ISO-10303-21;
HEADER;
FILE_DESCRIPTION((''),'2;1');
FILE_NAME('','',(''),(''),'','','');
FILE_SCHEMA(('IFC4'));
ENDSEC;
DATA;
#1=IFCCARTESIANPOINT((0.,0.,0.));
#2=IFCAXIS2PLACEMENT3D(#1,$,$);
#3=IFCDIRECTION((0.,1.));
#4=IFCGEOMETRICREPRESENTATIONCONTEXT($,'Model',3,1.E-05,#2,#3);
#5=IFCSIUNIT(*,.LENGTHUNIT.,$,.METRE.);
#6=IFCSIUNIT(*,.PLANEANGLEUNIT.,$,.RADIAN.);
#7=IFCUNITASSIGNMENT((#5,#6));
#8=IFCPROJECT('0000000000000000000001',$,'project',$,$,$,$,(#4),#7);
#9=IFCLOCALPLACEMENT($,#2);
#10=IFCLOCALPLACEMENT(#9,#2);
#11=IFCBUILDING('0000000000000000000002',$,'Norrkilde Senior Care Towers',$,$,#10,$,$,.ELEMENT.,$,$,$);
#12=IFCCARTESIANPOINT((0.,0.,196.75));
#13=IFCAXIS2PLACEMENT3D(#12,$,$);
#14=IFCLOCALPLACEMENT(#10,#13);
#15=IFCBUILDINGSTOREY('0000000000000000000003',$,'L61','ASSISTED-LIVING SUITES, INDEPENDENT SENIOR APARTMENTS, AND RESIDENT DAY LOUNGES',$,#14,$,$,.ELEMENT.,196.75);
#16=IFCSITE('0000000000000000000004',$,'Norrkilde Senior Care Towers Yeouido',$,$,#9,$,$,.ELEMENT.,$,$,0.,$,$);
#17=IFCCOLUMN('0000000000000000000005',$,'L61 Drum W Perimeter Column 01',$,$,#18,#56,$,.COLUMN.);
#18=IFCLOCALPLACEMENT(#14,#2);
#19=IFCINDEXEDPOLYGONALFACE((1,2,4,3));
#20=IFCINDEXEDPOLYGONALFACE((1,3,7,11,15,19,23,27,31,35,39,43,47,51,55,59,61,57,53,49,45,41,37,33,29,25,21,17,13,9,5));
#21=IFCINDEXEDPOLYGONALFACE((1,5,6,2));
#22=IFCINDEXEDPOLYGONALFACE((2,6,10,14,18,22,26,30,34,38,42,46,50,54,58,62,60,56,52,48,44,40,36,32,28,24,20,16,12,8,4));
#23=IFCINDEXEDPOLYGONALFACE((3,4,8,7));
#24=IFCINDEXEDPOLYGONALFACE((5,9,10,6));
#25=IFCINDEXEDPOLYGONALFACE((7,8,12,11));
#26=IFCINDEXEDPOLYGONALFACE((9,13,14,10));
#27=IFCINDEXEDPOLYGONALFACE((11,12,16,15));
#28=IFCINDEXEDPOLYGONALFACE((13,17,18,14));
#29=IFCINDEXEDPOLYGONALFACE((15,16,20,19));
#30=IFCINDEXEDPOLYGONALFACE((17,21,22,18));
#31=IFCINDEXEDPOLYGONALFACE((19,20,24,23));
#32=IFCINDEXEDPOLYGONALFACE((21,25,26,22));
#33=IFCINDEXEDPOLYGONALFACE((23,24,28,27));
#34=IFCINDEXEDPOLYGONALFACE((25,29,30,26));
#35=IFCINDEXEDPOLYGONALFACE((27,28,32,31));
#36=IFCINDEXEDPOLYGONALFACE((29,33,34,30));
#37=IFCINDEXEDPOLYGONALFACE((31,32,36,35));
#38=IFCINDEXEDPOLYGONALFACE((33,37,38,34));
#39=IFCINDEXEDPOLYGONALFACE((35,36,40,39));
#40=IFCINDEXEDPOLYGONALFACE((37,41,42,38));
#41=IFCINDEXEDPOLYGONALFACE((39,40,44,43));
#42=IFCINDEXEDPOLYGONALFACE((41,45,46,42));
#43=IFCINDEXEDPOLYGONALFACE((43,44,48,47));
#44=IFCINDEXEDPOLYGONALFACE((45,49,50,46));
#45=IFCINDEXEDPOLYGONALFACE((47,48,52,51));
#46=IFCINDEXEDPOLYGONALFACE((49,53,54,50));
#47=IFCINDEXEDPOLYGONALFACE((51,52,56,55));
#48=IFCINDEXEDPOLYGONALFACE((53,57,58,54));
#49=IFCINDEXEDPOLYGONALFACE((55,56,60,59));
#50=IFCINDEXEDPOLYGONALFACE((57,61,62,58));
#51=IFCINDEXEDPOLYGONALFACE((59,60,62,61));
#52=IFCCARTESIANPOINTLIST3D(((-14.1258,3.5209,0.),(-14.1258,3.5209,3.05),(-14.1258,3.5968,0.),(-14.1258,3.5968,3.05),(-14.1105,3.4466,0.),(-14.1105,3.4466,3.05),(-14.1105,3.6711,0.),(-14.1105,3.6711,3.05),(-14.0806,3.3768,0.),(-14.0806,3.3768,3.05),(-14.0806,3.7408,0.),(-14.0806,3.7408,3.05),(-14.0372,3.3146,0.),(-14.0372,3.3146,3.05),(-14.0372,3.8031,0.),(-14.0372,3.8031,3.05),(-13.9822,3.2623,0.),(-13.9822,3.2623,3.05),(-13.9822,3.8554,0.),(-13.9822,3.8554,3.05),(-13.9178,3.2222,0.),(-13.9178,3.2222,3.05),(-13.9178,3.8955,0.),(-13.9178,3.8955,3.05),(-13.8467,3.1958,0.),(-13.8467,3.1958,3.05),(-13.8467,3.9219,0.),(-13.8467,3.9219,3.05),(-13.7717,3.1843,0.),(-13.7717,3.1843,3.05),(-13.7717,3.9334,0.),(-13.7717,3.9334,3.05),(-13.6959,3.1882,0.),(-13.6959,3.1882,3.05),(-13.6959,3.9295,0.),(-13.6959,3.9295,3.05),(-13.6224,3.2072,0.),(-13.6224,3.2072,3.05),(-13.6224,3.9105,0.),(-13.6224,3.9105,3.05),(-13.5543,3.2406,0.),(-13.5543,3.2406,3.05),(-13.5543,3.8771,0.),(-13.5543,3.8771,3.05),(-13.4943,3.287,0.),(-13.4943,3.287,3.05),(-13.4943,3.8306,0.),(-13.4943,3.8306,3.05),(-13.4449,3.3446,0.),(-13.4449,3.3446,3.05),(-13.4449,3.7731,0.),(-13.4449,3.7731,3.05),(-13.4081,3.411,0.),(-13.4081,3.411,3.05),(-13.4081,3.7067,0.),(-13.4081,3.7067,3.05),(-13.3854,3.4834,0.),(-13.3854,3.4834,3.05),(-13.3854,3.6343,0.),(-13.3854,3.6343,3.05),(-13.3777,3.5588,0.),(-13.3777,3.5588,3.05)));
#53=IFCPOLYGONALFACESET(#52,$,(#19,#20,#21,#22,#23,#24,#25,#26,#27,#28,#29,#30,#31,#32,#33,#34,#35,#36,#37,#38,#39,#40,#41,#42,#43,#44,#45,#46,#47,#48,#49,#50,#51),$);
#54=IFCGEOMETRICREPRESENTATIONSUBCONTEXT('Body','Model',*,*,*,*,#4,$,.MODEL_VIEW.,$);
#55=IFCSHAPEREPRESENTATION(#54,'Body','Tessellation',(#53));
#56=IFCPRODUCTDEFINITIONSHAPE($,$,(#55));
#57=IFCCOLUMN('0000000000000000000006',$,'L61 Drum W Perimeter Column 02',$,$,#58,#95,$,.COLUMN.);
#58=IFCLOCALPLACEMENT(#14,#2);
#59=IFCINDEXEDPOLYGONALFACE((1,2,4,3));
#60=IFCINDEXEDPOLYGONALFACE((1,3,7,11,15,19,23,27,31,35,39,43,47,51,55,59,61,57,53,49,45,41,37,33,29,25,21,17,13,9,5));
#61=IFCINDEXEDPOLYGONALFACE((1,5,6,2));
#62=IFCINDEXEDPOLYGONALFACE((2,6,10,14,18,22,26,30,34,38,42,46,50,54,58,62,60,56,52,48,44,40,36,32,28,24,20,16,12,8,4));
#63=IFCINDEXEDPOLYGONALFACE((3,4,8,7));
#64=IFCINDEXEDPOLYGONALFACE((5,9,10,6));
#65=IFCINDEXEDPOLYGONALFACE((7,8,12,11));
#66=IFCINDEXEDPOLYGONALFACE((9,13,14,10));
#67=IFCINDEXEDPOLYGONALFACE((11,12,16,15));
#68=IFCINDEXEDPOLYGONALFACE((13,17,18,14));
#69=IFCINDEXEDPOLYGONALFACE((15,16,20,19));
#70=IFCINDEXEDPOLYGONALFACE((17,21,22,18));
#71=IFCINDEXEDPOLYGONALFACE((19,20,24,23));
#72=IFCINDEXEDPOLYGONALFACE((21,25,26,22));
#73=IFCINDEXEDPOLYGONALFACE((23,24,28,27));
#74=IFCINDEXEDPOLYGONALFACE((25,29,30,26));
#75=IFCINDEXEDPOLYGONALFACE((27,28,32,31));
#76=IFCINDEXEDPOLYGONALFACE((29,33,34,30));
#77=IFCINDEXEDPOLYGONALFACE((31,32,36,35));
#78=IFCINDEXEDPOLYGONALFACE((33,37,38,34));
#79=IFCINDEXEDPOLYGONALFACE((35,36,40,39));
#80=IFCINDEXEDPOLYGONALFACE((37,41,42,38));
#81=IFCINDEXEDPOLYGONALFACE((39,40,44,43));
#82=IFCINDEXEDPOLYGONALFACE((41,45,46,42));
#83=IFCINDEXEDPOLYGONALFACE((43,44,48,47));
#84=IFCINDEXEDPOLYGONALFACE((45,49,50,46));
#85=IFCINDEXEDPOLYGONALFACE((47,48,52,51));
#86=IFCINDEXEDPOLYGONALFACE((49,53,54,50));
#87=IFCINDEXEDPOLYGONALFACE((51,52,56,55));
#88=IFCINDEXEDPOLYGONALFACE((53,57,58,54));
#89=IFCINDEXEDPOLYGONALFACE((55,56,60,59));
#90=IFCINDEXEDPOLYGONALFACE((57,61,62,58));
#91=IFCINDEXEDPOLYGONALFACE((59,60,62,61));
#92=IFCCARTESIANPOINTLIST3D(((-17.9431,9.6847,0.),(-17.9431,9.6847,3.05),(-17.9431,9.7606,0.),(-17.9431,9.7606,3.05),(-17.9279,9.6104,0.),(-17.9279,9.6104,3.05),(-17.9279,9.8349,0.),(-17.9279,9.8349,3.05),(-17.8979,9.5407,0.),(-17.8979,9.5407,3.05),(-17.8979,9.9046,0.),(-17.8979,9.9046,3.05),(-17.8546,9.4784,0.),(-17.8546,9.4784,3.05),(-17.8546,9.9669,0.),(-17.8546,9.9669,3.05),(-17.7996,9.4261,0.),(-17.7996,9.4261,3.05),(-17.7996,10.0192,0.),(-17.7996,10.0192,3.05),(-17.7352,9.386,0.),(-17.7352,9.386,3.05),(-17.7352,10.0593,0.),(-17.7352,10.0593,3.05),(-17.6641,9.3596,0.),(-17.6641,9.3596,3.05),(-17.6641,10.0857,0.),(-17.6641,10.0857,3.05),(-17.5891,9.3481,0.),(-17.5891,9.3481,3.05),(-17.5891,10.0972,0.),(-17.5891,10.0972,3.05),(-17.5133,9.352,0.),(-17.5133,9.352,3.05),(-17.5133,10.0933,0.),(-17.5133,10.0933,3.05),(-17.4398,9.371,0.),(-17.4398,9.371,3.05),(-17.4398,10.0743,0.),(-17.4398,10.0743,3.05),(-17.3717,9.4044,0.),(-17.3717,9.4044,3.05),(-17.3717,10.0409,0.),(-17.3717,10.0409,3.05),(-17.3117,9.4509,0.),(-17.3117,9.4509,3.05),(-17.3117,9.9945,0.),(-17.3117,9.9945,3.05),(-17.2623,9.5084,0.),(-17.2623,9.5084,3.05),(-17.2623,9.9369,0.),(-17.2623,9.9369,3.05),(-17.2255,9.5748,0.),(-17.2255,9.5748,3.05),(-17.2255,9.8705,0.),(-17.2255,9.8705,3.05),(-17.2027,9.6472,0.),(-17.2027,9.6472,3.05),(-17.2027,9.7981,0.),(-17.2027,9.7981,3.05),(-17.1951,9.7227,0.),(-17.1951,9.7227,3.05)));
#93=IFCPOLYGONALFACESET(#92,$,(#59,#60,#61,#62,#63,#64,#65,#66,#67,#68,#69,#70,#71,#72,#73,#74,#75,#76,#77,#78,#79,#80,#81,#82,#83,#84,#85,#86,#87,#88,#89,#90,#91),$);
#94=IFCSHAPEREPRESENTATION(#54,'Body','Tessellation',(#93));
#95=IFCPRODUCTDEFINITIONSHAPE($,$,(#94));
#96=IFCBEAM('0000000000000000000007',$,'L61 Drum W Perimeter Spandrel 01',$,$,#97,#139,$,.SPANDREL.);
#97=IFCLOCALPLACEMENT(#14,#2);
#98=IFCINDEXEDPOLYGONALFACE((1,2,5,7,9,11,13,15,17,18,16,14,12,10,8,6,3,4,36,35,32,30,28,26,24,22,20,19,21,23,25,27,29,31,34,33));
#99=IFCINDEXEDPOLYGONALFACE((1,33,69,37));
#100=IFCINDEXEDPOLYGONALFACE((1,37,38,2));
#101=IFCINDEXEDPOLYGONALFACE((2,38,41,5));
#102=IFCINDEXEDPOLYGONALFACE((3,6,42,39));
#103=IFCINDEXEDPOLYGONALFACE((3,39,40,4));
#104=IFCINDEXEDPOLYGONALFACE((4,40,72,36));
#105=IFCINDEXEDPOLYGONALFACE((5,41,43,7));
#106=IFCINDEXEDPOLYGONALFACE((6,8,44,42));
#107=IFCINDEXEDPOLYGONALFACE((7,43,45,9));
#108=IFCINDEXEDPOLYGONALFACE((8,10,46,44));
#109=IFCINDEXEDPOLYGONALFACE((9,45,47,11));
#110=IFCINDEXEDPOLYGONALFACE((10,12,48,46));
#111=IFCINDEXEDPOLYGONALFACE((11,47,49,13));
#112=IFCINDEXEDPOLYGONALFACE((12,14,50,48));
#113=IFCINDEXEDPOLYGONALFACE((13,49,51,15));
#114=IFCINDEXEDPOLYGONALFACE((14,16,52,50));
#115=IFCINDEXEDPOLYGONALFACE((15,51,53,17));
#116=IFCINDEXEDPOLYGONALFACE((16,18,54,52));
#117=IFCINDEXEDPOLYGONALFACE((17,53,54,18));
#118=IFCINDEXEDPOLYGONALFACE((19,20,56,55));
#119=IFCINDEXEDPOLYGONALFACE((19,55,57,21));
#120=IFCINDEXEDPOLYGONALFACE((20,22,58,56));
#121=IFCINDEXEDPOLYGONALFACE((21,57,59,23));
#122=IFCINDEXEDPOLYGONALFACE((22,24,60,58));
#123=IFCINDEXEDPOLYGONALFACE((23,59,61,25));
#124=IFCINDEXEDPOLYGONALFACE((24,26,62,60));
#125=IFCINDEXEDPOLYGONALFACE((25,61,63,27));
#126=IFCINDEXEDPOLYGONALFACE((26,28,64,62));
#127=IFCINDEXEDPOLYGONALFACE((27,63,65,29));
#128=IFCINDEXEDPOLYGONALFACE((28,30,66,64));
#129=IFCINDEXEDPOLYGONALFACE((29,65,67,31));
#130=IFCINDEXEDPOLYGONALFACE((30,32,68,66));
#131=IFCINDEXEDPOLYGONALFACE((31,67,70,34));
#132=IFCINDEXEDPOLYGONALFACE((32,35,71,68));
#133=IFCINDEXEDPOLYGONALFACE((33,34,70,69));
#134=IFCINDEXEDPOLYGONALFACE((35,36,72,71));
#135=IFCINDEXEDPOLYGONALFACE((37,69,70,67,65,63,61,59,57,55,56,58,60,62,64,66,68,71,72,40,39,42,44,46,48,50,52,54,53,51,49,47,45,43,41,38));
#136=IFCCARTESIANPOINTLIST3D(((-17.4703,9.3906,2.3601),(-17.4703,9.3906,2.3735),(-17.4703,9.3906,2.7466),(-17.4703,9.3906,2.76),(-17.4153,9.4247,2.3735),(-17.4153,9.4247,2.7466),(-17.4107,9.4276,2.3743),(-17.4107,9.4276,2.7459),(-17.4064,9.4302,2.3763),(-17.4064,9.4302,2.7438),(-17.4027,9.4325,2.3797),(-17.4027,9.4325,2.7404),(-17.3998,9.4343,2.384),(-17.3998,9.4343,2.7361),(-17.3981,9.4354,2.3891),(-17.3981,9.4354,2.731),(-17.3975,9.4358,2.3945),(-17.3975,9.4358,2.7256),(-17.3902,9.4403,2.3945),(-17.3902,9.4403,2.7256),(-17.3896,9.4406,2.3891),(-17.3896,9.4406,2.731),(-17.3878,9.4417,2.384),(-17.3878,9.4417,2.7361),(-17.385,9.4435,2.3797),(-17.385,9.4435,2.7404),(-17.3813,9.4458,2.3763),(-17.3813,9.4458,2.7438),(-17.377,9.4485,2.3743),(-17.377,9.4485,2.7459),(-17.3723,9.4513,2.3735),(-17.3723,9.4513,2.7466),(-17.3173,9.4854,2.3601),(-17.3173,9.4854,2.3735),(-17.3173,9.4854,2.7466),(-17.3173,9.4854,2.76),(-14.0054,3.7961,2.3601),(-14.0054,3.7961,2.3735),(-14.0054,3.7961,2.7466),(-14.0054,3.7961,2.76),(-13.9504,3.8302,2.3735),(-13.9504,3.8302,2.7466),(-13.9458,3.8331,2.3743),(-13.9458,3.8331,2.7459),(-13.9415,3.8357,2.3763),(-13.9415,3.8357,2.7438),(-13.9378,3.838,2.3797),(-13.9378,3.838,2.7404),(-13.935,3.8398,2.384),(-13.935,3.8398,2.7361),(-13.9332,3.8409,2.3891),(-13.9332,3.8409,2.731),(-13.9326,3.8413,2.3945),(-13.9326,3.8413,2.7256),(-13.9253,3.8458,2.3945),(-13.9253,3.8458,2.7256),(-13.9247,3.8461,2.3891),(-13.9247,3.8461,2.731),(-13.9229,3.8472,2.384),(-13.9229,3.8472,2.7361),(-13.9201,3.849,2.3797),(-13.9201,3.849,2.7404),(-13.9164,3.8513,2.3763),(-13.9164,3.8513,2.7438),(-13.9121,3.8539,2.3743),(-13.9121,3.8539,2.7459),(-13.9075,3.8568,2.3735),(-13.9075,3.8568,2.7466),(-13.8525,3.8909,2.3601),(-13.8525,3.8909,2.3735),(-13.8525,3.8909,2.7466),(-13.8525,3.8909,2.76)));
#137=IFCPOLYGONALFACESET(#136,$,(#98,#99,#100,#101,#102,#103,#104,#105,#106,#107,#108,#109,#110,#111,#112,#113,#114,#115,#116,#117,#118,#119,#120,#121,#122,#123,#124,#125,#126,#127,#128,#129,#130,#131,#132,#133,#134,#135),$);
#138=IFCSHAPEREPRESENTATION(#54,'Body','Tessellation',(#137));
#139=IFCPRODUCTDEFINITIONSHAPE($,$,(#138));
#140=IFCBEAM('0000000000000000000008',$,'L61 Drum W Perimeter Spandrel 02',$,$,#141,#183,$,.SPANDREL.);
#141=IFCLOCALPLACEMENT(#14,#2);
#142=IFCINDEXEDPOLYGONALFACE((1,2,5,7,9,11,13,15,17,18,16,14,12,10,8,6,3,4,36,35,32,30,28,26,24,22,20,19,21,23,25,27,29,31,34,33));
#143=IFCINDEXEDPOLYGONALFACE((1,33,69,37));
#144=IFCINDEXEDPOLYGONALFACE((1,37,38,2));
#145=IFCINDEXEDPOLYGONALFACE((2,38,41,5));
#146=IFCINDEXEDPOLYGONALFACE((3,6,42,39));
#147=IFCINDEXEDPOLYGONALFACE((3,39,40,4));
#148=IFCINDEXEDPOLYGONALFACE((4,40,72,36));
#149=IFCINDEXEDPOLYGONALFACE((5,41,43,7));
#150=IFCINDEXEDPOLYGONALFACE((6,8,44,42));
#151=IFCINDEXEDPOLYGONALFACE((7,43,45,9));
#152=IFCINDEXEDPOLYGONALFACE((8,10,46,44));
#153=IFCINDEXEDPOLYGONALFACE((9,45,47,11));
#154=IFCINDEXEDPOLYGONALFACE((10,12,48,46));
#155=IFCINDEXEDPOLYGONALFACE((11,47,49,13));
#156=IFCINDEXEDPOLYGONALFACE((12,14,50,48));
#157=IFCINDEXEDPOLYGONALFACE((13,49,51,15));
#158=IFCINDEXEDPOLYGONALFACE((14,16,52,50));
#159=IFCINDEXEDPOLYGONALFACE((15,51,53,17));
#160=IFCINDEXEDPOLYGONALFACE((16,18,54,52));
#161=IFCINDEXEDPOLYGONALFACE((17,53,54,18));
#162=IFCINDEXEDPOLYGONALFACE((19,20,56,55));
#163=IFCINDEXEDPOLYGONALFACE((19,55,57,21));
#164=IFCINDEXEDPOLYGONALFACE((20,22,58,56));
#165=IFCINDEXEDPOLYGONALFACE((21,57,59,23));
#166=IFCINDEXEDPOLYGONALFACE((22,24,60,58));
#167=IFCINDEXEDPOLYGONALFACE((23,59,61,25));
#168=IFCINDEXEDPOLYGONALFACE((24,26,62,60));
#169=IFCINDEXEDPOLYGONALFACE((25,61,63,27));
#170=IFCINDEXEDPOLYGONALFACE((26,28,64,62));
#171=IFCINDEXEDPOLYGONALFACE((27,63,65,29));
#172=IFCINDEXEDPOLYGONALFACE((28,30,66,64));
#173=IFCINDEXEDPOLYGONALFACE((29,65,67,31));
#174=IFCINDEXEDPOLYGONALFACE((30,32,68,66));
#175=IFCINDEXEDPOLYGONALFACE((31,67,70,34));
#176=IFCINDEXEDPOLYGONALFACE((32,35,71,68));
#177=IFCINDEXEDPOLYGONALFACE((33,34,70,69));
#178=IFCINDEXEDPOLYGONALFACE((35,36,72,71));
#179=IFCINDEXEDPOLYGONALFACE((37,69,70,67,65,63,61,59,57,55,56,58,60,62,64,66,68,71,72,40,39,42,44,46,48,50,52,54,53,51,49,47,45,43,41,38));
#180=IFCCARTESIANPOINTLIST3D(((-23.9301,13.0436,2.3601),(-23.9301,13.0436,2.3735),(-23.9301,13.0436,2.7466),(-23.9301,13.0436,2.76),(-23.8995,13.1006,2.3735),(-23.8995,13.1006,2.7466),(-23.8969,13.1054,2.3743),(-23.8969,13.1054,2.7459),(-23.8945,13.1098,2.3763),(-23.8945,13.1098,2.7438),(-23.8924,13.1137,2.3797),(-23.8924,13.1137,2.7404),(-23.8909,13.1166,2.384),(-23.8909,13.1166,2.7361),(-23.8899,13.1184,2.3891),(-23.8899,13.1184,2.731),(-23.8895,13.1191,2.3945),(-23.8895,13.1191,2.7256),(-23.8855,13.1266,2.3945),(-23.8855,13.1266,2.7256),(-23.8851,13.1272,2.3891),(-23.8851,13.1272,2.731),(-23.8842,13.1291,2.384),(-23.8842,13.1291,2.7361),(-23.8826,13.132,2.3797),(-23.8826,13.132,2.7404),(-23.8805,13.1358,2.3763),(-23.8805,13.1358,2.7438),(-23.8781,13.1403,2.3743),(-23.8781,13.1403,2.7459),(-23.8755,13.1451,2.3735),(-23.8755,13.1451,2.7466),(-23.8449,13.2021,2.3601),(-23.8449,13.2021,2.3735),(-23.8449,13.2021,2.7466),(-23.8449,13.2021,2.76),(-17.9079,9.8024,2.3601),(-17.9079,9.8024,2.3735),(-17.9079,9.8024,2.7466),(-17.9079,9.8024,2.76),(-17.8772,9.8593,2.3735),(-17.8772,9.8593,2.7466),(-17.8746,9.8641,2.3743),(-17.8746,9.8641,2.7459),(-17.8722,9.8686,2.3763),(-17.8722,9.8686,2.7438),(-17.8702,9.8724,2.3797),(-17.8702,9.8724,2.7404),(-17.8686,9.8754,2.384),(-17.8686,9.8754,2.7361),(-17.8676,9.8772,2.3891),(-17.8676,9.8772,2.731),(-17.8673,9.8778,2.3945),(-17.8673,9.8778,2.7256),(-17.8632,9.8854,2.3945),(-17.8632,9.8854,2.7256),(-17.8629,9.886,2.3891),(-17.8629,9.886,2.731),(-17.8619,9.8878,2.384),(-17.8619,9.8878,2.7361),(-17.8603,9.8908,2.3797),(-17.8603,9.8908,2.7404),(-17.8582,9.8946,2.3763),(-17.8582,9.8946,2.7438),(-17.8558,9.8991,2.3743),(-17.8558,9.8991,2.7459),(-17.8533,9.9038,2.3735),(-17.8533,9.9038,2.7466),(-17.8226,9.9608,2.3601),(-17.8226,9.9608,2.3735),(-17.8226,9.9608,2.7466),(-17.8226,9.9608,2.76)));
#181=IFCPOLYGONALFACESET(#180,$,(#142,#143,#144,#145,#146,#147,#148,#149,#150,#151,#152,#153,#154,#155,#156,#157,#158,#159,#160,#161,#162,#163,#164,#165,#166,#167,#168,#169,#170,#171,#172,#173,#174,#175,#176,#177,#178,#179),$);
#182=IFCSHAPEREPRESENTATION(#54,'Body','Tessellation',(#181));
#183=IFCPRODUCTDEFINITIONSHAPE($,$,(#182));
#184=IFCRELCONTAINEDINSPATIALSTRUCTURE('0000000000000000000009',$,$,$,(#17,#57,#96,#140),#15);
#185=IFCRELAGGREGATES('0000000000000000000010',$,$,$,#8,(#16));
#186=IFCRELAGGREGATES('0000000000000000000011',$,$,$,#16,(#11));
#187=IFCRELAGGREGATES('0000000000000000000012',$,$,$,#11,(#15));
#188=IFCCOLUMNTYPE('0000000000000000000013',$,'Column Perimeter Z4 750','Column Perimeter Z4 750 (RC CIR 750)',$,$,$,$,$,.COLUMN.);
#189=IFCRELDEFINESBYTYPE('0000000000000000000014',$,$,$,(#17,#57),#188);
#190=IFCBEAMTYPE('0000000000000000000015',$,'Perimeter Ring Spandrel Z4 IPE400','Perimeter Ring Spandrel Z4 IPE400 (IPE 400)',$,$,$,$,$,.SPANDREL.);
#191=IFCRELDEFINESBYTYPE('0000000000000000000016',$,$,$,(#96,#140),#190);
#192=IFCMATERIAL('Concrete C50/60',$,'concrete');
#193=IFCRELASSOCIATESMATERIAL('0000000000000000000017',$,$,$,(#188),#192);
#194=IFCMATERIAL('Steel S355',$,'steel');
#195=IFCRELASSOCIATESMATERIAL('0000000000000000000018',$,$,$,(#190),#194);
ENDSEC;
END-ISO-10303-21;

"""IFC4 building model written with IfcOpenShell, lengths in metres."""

from ifc_helpers import new_model, si_unit, direction, frame, origin, origin_2d, place, context, subcontext, project, spatial, circle, i_section, extrude, source, transform, mapped, material, material_profile, profile_set, type_object, type_shapes, element, save


model = new_model("IFC4")

# Units and contexts
model_context = context("Model", 3, precision=1e-05, world=origin(), true_north=direction((0.0, 1.0)))
body_context = subcontext(model_context, "Body", "Model", "MODEL_VIEW")
ifc_project = project(units=[si_unit("LENGTHUNIT", "METRE"), si_unit("PLANEANGLEUNIT", "RADIAN")], contexts=[model_context])

# Site, building, storey
site_placement = place(None, origin())
site = spatial("IfcSite", under=ifc_project, at=site_placement, Name="Norrkilde Senior Care Towers Yeouido", CompositionType="ELEMENT", RefElevation=0.0)
building_placement = place(site_placement, origin())
building = spatial("IfcBuilding", under=site, at=building_placement, Name="Norrkilde Senior Care Towers", CompositionType="ELEMENT")
storey_placement = place(building_placement, frame((0.0, 0.0, 196.75)))
storey = spatial("IfcBuildingStorey", under=building, at=storey_placement, Name="L61", Description="ASSISTED-LIVING SUITES, INDEPENDENT SENIOR APARTMENTS, AND RESIDENT DAY LOUNGES", CompositionType="ELEMENT", Elevation=196.75)

# Columns
ifc_material_1 = material(Name="Concrete C50/60", Category="concrete")
ifc_material_profile_1 = material_profile(ifc_material_1, circle(Radius=0.375, at=origin_2d()), Name="RC CIR 750")
ifc_profile_set_1 = profile_set([ifc_material_profile_1], Name="Concrete C50/60")
column_type = type_object("IfcColumnType", Name="Column Perimeter Z4 750", Description="Column Perimeter Z4 750 (RC CIR 750)", PredefinedType="COLUMN", material=ifc_profile_set_1)
shared_shape_1 = source(origin(), body_context, "Body", "SweptSolid", [
    extrude(circle(Radius=0.375, at=origin_2d()), origin(), (0.0, 0.0, 1.0), 3.05),
])
type_shapes(column_type, [shared_shape_1])
for number, where, z_axis, x_axis, name in (
    (1, (-13.7527, 3.5588, 0.0), (0.0, 0.0, 1.0), (1.0, 0.0, 0.0), "L61 Drum W Perimeter Column 01"),
    (2, (-17.5701, 9.7227, 0.0), (0.0, 0.0, 1.0), (1.0, 0.0, 0.0), "L61 Drum W Perimeter Column 02"),
):
    element("IfcColumn", number, at=place(storey_placement, frame(where, z_axis=z_axis, x_axis=x_axis)), inside=storey, type_object=column_type, Name=name, PredefinedType="COLUMN", context=body_context, shape_type="MappedRepresentation", body=[
        mapped(shared_shape_1, transform((0.0, 0.0, 0.0), x_axis=(1.0, 0.0, 0.0), y_axis=(0.0, 1.0, 0.0), z_axis=(0.0, 0.0, 1.0), scale=1.0)),
    ])

# Beams
ifc_material_2 = material(Name="Steel S355", Category="steel")
ifc_material_profile_2 = material_profile(ifc_material_2, i_section(OverallWidth=0.1799, OverallDepth=0.3999, WebThickness=0.0085, FlangeThickness=0.0134, FilletRadius=0.021, at=origin_2d()), Name="IPE 400")
ifc_profile_set_2 = profile_set([ifc_material_profile_2], Name="Steel S355")
beam_type_1 = type_object("IfcBeamType", Name="Perimeter Ring Spandrel Z4 IPE400", Description="Perimeter Ring Spandrel Z4 IPE400 (IPE 400)", PredefinedType="SPANDREL", material=ifc_profile_set_2)
shared_shape_2 = source(origin(), body_context, "Body", "SweptSolid", [
    extrude(i_section(OverallWidth=0.1799, OverallDepth=0.3999, WebThickness=0.0085, FlangeThickness=0.0134, FilletRadius=0.021, at=origin_2d()), origin(), (0.0, 0.0, 1.0), 6.5806),
])
beam_1_placement = place(storey_placement, frame((-13.929, 3.8435, 2.5601), z_axis=(-0.52653, 0.850157, 0.0), x_axis=(-0.850157, -0.52653, 0.0)))
element("IfcBeam", 3, at=beam_1_placement, inside=storey, type_object=beam_type_1, Name="L61 Drum W Perimeter Spandrel 01", PredefinedType="SPANDREL", context=body_context, shape_type="MappedRepresentation", body=[
    mapped(shared_shape_2, transform((0.0, 0.0, 0.0), x_axis=(1.0, 0.0, 0.0), y_axis=(0.0, 1.0, 0.0), z_axis=(0.0, 0.0, 1.0), scale=1.0)),
])
shared_shape_3 = source(origin(), body_context, "Body", "SweptSolid", [
    extrude(i_section(OverallWidth=0.1799, OverallDepth=0.3999, WebThickness=0.0085, FlangeThickness=0.0134, FilletRadius=0.021, at=origin_2d()), origin(), (0.0, 0.0, 1.0), 6.8391),
])
type_shapes(beam_type_1, [shared_shape_2, shared_shape_3])
beam_2_placement = place(storey_placement, frame((-17.8652, 9.8816, 2.5601), z_axis=(-0.880564, 0.473927, 0.0), x_axis=(-0.473927, -0.880564, 0.0)))
element("IfcBeam", 4, at=beam_2_placement, inside=storey, type_object=beam_type_1, Name="L61 Drum W Perimeter Spandrel 02", PredefinedType="SPANDREL", context=body_context, shape_type="MappedRepresentation", body=[
    mapped(shared_shape_3, transform((0.0, 0.0, 0.0), x_axis=(1.0, 0.0, 0.0), y_axis=(0.0, 1.0, 0.0), z_axis=(0.0, 0.0, 1.0), scale=1.0)),
])

save(model, "model.ifc")
